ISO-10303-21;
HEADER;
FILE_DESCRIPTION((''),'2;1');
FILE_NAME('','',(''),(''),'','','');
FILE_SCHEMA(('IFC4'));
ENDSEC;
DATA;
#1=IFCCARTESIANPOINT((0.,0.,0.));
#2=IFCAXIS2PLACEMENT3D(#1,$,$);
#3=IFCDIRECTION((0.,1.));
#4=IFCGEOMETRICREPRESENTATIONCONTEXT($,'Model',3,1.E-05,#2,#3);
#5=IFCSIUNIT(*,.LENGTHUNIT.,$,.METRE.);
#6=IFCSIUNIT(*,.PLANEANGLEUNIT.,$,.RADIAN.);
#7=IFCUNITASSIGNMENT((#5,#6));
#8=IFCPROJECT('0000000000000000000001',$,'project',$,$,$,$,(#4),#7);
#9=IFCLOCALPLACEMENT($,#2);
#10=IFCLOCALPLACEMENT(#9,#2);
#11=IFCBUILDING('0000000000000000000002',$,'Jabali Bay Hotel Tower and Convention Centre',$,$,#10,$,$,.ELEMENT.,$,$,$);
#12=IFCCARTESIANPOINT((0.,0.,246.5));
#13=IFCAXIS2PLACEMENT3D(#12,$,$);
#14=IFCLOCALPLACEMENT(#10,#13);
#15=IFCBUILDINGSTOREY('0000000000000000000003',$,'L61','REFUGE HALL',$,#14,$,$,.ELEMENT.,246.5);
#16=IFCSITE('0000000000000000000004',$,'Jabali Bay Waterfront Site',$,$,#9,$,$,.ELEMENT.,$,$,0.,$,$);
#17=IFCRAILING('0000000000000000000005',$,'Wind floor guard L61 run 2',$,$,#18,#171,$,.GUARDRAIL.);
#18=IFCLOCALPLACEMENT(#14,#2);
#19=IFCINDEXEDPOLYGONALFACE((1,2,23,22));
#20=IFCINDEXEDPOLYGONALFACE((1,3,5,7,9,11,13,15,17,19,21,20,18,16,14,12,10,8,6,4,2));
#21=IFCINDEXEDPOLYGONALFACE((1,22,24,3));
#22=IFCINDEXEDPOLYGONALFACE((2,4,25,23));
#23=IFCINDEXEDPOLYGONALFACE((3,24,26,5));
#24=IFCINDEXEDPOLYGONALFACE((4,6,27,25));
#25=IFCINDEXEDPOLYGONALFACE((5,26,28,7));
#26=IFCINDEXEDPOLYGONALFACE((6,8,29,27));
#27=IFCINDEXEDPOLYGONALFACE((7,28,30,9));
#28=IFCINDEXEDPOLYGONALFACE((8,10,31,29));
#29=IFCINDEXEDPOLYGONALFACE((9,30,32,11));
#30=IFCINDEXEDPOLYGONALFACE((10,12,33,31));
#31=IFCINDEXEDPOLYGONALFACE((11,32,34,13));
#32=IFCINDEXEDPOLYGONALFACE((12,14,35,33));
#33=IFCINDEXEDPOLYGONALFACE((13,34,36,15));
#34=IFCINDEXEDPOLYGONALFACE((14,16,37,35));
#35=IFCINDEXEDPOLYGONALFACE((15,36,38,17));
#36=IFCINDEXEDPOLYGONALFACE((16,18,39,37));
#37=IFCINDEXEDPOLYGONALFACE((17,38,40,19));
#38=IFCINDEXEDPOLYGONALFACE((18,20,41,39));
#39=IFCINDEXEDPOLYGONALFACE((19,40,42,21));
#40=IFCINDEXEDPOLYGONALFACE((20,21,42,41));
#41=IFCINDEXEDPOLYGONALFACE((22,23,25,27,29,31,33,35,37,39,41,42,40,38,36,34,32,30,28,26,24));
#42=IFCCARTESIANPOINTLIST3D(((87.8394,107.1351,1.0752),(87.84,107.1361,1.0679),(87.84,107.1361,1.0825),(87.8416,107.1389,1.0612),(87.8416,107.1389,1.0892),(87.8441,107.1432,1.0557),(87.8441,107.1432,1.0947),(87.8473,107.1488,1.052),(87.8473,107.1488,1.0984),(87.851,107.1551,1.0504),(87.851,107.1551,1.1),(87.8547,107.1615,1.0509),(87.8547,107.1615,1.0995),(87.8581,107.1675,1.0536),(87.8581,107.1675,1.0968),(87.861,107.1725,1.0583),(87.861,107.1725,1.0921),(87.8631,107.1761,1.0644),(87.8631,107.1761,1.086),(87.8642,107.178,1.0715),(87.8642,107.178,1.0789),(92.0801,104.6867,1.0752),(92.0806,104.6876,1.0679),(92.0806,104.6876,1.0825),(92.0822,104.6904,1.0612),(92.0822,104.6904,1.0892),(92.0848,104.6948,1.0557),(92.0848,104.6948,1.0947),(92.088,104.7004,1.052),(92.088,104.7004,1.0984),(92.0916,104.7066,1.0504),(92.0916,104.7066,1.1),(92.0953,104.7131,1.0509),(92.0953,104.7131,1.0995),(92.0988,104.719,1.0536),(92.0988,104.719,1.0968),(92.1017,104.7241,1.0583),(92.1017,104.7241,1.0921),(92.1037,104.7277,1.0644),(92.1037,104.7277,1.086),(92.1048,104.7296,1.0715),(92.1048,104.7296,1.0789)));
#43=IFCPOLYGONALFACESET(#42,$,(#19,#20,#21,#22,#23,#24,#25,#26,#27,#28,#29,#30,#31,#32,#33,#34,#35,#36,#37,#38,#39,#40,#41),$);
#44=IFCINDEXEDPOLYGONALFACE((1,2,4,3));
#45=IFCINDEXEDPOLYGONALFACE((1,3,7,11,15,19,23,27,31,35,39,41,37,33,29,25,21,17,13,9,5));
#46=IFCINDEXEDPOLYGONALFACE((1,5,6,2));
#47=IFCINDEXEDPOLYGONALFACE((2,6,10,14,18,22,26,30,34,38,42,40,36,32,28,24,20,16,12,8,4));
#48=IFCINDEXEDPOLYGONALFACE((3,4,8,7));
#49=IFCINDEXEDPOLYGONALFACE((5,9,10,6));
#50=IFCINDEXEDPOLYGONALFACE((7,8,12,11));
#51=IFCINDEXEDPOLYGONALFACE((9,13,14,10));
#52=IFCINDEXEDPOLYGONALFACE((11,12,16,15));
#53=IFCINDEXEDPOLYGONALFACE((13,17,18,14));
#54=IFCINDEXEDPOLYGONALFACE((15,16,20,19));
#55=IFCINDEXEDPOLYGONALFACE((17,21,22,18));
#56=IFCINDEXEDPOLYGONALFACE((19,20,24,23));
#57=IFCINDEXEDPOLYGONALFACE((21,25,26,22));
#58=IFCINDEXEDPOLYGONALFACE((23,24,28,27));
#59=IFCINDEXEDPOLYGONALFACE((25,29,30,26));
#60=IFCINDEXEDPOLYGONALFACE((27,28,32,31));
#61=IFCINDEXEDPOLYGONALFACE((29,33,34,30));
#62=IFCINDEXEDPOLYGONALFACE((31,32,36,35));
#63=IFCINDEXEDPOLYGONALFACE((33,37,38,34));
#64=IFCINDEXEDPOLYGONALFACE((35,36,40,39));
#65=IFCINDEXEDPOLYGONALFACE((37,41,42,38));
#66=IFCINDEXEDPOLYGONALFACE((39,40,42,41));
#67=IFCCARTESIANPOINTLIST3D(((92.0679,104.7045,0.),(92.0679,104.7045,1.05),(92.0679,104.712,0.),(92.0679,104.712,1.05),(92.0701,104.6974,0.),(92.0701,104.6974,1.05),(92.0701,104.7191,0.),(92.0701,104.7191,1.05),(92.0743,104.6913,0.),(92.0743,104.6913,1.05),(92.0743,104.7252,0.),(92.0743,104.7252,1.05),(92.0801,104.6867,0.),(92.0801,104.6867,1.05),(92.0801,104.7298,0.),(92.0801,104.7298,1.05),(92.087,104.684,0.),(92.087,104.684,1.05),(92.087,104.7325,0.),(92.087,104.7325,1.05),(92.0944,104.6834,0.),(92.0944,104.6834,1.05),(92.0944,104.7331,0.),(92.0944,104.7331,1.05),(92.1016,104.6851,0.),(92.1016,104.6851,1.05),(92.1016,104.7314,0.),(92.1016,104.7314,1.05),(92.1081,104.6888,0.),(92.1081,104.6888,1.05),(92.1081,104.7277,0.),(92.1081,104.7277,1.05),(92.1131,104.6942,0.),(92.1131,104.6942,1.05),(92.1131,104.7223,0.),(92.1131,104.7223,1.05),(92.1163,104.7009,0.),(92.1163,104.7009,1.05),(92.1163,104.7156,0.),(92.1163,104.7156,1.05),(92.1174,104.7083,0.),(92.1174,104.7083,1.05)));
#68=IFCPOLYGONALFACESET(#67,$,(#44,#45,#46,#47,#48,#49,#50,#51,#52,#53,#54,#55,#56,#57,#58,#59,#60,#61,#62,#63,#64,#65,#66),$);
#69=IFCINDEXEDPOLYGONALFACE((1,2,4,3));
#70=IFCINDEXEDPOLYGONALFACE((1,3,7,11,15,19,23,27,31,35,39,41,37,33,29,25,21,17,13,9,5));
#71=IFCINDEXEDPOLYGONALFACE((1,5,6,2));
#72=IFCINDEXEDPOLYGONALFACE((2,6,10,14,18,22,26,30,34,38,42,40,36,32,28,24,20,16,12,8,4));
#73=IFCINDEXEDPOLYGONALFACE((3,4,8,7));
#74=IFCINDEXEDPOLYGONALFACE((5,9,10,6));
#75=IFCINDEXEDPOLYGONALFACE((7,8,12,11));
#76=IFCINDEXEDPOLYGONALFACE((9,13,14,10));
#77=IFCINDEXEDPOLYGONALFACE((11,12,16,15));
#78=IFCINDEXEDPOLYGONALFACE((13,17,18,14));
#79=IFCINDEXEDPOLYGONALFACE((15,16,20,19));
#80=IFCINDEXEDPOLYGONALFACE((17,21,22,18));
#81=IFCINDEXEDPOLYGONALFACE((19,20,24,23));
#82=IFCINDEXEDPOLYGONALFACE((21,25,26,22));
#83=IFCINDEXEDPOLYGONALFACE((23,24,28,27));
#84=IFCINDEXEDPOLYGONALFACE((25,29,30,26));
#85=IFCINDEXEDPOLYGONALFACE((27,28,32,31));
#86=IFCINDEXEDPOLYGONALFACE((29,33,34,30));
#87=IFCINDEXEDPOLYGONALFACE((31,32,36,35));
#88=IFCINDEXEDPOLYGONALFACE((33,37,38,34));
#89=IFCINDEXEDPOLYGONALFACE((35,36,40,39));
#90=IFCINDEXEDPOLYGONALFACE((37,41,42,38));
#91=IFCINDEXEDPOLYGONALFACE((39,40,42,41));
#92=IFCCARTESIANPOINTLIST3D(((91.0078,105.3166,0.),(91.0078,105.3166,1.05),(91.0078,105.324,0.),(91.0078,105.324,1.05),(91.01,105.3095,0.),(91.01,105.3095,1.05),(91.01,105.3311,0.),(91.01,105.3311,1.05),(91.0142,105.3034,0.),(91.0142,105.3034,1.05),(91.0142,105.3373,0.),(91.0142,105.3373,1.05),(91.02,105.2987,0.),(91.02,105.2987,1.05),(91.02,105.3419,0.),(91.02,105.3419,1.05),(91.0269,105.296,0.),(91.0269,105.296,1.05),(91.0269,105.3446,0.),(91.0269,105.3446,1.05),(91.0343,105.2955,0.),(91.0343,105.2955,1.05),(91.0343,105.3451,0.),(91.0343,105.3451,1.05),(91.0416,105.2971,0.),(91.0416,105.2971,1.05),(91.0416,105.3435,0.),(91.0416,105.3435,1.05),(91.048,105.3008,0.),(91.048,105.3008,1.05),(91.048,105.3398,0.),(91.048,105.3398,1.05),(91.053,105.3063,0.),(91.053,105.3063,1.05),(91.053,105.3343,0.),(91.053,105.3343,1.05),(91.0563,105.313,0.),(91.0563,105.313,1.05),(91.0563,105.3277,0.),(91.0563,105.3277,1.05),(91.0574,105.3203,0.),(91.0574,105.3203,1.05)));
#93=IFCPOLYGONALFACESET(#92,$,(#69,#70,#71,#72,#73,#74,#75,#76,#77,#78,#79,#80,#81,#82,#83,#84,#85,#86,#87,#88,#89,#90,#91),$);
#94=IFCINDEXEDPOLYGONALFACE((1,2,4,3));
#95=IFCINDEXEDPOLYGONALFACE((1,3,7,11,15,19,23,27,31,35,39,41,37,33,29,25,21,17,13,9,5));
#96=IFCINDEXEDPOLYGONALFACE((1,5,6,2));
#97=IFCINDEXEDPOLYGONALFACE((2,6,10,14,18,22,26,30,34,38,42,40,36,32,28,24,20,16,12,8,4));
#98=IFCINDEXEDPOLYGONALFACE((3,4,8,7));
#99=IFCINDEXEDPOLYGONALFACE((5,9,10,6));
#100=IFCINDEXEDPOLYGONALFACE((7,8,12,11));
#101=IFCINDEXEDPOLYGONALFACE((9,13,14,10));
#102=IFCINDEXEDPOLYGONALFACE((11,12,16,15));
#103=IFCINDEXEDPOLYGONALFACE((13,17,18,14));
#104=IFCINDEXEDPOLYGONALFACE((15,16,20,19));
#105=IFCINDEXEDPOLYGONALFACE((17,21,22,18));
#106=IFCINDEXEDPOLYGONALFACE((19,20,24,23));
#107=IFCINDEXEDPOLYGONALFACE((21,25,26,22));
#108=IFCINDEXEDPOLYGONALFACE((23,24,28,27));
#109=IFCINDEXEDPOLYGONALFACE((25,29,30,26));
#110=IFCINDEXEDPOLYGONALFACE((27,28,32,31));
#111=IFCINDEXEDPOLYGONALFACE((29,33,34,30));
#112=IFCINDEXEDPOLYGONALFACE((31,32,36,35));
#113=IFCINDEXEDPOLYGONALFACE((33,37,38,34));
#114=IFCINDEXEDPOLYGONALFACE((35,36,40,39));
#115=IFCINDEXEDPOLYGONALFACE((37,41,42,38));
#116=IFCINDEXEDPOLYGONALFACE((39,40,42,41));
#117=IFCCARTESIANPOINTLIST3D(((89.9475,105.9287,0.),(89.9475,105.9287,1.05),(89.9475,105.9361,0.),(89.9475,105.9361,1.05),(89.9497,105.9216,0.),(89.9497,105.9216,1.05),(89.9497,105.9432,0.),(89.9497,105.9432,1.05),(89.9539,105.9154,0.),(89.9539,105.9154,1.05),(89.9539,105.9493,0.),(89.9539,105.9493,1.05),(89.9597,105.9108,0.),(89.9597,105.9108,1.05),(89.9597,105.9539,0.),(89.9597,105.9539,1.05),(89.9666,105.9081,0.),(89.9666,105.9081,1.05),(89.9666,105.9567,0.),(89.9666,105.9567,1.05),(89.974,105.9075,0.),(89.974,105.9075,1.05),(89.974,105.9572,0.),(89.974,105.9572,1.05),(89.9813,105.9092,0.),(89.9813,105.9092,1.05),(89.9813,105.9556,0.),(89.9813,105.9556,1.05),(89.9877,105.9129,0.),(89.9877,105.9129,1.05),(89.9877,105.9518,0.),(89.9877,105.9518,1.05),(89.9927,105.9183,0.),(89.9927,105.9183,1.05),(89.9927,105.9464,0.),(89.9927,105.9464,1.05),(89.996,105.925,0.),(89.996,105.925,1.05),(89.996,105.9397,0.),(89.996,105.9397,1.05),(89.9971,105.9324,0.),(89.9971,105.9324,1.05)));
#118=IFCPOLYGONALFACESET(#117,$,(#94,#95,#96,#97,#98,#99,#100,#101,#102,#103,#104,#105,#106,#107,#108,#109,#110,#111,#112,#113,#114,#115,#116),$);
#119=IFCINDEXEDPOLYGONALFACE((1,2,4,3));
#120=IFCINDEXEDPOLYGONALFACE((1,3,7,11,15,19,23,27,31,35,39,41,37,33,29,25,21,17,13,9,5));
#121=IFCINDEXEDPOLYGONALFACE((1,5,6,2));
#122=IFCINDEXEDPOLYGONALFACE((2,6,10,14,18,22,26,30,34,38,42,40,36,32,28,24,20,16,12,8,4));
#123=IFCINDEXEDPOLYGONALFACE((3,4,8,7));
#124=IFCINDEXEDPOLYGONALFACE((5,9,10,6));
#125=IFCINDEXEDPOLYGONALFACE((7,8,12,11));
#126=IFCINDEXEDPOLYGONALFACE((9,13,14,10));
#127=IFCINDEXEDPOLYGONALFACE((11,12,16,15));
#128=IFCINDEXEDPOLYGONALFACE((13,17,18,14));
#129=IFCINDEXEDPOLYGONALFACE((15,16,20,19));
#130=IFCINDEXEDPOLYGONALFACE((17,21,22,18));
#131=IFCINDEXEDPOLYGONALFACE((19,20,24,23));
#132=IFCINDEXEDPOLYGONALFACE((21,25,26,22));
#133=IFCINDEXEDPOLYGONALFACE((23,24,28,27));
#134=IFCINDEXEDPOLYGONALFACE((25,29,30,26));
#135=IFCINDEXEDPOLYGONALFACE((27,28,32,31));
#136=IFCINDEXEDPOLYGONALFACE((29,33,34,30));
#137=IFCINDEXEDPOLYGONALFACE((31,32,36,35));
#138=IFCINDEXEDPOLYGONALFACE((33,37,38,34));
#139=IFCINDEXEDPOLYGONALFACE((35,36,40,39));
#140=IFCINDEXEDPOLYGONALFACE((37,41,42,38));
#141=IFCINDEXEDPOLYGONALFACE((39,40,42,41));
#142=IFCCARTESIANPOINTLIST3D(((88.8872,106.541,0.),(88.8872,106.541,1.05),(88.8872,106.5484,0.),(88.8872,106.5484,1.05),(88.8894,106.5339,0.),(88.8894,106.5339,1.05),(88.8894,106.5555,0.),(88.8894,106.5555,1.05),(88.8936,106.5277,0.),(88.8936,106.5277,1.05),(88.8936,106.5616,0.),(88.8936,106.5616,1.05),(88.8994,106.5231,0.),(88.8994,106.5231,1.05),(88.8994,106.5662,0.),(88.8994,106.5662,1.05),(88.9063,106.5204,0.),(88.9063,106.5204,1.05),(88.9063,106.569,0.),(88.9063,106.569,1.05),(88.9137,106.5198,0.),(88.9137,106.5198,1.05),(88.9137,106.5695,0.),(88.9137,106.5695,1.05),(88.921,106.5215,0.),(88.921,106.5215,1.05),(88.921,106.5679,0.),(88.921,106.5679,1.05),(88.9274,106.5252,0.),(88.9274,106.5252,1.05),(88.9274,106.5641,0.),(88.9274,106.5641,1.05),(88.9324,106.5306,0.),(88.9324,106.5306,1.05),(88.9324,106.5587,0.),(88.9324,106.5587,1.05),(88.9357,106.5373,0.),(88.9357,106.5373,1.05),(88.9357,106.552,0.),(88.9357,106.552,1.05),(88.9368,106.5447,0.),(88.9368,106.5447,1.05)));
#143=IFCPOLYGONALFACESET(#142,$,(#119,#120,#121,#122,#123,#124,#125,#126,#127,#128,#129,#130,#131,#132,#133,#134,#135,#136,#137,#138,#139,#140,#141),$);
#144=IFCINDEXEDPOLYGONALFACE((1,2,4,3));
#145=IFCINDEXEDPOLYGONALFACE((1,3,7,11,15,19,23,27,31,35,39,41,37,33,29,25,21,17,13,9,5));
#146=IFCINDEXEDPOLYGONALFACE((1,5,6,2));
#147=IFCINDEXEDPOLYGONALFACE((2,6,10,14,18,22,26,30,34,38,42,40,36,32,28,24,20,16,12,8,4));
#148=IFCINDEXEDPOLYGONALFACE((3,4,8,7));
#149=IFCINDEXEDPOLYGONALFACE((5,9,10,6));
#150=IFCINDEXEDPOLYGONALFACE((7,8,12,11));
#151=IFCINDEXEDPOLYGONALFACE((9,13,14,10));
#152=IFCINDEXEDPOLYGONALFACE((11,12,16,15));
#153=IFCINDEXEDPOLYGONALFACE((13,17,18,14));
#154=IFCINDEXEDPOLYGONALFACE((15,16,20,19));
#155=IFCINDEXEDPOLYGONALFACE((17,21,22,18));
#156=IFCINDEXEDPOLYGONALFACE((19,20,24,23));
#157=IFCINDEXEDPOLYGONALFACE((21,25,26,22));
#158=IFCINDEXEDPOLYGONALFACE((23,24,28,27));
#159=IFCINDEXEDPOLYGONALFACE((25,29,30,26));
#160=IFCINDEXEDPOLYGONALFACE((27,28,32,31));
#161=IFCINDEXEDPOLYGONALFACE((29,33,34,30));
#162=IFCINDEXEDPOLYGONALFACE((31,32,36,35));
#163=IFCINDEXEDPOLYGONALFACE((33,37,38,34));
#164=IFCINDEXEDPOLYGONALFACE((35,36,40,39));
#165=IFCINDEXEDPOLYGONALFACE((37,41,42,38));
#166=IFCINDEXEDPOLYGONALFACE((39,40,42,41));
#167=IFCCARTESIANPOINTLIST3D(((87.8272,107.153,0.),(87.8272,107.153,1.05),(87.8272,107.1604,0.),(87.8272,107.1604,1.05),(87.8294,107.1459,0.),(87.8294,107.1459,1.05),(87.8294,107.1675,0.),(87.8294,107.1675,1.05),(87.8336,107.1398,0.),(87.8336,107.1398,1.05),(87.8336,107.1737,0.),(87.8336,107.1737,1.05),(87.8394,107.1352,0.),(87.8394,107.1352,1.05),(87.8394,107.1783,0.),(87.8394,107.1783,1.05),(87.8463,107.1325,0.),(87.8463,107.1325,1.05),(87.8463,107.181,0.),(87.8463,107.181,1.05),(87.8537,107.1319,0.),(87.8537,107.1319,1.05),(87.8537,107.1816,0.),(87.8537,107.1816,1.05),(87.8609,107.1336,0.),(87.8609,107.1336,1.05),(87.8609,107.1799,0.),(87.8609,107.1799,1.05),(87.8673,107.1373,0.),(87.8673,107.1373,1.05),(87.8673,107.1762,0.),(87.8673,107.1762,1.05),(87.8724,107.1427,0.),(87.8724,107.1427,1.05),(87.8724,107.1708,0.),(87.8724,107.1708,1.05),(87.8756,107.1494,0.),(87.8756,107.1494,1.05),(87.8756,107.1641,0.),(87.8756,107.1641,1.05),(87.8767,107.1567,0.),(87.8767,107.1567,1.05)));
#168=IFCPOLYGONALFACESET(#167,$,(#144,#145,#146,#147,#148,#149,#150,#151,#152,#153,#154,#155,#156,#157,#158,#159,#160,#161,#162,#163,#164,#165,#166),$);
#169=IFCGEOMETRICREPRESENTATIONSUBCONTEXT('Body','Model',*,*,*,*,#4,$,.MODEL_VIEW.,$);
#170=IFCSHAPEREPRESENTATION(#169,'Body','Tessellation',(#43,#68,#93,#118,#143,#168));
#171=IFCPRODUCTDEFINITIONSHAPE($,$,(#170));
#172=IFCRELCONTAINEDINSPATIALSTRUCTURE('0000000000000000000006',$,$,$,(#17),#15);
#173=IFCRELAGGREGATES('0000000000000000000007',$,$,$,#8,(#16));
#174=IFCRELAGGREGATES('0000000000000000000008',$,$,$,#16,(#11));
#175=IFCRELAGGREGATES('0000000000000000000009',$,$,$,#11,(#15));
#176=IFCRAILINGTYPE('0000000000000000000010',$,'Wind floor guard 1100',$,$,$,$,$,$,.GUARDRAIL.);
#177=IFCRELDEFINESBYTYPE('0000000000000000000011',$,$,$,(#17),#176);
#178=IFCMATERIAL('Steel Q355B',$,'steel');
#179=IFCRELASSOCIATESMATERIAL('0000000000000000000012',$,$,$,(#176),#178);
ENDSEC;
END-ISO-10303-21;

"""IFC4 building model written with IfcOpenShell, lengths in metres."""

from ifc_helpers import new_model, si_unit, direction, frame, origin, origin_2d, place, context, subcontext, project, spatial, circle, extrude, material, type_object, element, save


model = new_model("IFC4")

# Units and contexts
model_context = context("Model", 3, precision=1e-05, world=origin(), true_north=direction((0.0, 1.0)))
body_context = subcontext(model_context, "Body", "Model", "MODEL_VIEW")
ifc_project = project(units=[si_unit("LENGTHUNIT", "METRE"), si_unit("PLANEANGLEUNIT", "RADIAN")], contexts=[model_context])

# Site, building, storey
site_placement = place(None, origin())
site = spatial("IfcSite", under=ifc_project, at=site_placement, Name="Jabali Bay Waterfront Site", CompositionType="ELEMENT", RefElevation=0.0)
building_placement = place(site_placement, origin())
building = spatial("IfcBuilding", under=site, at=building_placement, Name="Jabali Bay Hotel Tower and Convention Centre", CompositionType="ELEMENT")
storey_placement = place(building_placement, frame((0.0, 0.0, 246.5)))
storey = spatial("IfcBuildingStorey", under=building, at=storey_placement, Name="L61", Description="REFUGE HALL", CompositionType="ELEMENT", Elevation=246.5)

# Railing
ifc_material_1 = material(Name="Steel Q355B", Category="steel")
railing_type = type_object("IfcRailingType", Name="Wind floor guard 1100", PredefinedType="GUARDRAIL", material=ifc_material_1)
railing_1_placement = place(storey_placement, frame((92.0925, 104.7083, 0.0)))
element("IfcRailing", 1, at=railing_1_placement, inside=storey, type_object=railing_type, Name="Wind floor guard L61 run 2", PredefinedType="GUARDRAIL", context=body_context, shape_type="SweptSolid", body=[
    extrude(circle(Radius=0.0249, at=origin_2d()), frame((0.0, 0.0, 1.0752), z_axis=(-0.866016, 0.500016, 0.0), x_axis=(-0.500016, -0.866016, 0.0)), (0.0, 0.0, 1.0), 4.8967),
    extrude(circle(Radius=0.0249, at=origin_2d()), origin(), (0.0, 0.0, 1.0), 1.05),
    extrude(circle(Radius=0.0249, at=origin_2d()), frame((-1.0601, 0.6121, 0.0)), (0.0, 0.0, 1.0), 1.05),
    extrude(circle(Radius=0.0249, at=origin_2d()), frame((-2.1204, 1.2241, 0.0)), (0.0, 0.0, 1.0), 1.05),
    extrude(circle(Radius=0.0249, at=origin_2d()), frame((-3.1807, 1.8364, 0.0)), (0.0, 0.0, 1.0), 1.05),
    extrude(circle(Radius=0.0249, at=origin_2d()), frame((-4.2407, 2.4485, 0.0)), (0.0, 0.0, 1.0), 1.05),
])

save(model, "model.ifc")
